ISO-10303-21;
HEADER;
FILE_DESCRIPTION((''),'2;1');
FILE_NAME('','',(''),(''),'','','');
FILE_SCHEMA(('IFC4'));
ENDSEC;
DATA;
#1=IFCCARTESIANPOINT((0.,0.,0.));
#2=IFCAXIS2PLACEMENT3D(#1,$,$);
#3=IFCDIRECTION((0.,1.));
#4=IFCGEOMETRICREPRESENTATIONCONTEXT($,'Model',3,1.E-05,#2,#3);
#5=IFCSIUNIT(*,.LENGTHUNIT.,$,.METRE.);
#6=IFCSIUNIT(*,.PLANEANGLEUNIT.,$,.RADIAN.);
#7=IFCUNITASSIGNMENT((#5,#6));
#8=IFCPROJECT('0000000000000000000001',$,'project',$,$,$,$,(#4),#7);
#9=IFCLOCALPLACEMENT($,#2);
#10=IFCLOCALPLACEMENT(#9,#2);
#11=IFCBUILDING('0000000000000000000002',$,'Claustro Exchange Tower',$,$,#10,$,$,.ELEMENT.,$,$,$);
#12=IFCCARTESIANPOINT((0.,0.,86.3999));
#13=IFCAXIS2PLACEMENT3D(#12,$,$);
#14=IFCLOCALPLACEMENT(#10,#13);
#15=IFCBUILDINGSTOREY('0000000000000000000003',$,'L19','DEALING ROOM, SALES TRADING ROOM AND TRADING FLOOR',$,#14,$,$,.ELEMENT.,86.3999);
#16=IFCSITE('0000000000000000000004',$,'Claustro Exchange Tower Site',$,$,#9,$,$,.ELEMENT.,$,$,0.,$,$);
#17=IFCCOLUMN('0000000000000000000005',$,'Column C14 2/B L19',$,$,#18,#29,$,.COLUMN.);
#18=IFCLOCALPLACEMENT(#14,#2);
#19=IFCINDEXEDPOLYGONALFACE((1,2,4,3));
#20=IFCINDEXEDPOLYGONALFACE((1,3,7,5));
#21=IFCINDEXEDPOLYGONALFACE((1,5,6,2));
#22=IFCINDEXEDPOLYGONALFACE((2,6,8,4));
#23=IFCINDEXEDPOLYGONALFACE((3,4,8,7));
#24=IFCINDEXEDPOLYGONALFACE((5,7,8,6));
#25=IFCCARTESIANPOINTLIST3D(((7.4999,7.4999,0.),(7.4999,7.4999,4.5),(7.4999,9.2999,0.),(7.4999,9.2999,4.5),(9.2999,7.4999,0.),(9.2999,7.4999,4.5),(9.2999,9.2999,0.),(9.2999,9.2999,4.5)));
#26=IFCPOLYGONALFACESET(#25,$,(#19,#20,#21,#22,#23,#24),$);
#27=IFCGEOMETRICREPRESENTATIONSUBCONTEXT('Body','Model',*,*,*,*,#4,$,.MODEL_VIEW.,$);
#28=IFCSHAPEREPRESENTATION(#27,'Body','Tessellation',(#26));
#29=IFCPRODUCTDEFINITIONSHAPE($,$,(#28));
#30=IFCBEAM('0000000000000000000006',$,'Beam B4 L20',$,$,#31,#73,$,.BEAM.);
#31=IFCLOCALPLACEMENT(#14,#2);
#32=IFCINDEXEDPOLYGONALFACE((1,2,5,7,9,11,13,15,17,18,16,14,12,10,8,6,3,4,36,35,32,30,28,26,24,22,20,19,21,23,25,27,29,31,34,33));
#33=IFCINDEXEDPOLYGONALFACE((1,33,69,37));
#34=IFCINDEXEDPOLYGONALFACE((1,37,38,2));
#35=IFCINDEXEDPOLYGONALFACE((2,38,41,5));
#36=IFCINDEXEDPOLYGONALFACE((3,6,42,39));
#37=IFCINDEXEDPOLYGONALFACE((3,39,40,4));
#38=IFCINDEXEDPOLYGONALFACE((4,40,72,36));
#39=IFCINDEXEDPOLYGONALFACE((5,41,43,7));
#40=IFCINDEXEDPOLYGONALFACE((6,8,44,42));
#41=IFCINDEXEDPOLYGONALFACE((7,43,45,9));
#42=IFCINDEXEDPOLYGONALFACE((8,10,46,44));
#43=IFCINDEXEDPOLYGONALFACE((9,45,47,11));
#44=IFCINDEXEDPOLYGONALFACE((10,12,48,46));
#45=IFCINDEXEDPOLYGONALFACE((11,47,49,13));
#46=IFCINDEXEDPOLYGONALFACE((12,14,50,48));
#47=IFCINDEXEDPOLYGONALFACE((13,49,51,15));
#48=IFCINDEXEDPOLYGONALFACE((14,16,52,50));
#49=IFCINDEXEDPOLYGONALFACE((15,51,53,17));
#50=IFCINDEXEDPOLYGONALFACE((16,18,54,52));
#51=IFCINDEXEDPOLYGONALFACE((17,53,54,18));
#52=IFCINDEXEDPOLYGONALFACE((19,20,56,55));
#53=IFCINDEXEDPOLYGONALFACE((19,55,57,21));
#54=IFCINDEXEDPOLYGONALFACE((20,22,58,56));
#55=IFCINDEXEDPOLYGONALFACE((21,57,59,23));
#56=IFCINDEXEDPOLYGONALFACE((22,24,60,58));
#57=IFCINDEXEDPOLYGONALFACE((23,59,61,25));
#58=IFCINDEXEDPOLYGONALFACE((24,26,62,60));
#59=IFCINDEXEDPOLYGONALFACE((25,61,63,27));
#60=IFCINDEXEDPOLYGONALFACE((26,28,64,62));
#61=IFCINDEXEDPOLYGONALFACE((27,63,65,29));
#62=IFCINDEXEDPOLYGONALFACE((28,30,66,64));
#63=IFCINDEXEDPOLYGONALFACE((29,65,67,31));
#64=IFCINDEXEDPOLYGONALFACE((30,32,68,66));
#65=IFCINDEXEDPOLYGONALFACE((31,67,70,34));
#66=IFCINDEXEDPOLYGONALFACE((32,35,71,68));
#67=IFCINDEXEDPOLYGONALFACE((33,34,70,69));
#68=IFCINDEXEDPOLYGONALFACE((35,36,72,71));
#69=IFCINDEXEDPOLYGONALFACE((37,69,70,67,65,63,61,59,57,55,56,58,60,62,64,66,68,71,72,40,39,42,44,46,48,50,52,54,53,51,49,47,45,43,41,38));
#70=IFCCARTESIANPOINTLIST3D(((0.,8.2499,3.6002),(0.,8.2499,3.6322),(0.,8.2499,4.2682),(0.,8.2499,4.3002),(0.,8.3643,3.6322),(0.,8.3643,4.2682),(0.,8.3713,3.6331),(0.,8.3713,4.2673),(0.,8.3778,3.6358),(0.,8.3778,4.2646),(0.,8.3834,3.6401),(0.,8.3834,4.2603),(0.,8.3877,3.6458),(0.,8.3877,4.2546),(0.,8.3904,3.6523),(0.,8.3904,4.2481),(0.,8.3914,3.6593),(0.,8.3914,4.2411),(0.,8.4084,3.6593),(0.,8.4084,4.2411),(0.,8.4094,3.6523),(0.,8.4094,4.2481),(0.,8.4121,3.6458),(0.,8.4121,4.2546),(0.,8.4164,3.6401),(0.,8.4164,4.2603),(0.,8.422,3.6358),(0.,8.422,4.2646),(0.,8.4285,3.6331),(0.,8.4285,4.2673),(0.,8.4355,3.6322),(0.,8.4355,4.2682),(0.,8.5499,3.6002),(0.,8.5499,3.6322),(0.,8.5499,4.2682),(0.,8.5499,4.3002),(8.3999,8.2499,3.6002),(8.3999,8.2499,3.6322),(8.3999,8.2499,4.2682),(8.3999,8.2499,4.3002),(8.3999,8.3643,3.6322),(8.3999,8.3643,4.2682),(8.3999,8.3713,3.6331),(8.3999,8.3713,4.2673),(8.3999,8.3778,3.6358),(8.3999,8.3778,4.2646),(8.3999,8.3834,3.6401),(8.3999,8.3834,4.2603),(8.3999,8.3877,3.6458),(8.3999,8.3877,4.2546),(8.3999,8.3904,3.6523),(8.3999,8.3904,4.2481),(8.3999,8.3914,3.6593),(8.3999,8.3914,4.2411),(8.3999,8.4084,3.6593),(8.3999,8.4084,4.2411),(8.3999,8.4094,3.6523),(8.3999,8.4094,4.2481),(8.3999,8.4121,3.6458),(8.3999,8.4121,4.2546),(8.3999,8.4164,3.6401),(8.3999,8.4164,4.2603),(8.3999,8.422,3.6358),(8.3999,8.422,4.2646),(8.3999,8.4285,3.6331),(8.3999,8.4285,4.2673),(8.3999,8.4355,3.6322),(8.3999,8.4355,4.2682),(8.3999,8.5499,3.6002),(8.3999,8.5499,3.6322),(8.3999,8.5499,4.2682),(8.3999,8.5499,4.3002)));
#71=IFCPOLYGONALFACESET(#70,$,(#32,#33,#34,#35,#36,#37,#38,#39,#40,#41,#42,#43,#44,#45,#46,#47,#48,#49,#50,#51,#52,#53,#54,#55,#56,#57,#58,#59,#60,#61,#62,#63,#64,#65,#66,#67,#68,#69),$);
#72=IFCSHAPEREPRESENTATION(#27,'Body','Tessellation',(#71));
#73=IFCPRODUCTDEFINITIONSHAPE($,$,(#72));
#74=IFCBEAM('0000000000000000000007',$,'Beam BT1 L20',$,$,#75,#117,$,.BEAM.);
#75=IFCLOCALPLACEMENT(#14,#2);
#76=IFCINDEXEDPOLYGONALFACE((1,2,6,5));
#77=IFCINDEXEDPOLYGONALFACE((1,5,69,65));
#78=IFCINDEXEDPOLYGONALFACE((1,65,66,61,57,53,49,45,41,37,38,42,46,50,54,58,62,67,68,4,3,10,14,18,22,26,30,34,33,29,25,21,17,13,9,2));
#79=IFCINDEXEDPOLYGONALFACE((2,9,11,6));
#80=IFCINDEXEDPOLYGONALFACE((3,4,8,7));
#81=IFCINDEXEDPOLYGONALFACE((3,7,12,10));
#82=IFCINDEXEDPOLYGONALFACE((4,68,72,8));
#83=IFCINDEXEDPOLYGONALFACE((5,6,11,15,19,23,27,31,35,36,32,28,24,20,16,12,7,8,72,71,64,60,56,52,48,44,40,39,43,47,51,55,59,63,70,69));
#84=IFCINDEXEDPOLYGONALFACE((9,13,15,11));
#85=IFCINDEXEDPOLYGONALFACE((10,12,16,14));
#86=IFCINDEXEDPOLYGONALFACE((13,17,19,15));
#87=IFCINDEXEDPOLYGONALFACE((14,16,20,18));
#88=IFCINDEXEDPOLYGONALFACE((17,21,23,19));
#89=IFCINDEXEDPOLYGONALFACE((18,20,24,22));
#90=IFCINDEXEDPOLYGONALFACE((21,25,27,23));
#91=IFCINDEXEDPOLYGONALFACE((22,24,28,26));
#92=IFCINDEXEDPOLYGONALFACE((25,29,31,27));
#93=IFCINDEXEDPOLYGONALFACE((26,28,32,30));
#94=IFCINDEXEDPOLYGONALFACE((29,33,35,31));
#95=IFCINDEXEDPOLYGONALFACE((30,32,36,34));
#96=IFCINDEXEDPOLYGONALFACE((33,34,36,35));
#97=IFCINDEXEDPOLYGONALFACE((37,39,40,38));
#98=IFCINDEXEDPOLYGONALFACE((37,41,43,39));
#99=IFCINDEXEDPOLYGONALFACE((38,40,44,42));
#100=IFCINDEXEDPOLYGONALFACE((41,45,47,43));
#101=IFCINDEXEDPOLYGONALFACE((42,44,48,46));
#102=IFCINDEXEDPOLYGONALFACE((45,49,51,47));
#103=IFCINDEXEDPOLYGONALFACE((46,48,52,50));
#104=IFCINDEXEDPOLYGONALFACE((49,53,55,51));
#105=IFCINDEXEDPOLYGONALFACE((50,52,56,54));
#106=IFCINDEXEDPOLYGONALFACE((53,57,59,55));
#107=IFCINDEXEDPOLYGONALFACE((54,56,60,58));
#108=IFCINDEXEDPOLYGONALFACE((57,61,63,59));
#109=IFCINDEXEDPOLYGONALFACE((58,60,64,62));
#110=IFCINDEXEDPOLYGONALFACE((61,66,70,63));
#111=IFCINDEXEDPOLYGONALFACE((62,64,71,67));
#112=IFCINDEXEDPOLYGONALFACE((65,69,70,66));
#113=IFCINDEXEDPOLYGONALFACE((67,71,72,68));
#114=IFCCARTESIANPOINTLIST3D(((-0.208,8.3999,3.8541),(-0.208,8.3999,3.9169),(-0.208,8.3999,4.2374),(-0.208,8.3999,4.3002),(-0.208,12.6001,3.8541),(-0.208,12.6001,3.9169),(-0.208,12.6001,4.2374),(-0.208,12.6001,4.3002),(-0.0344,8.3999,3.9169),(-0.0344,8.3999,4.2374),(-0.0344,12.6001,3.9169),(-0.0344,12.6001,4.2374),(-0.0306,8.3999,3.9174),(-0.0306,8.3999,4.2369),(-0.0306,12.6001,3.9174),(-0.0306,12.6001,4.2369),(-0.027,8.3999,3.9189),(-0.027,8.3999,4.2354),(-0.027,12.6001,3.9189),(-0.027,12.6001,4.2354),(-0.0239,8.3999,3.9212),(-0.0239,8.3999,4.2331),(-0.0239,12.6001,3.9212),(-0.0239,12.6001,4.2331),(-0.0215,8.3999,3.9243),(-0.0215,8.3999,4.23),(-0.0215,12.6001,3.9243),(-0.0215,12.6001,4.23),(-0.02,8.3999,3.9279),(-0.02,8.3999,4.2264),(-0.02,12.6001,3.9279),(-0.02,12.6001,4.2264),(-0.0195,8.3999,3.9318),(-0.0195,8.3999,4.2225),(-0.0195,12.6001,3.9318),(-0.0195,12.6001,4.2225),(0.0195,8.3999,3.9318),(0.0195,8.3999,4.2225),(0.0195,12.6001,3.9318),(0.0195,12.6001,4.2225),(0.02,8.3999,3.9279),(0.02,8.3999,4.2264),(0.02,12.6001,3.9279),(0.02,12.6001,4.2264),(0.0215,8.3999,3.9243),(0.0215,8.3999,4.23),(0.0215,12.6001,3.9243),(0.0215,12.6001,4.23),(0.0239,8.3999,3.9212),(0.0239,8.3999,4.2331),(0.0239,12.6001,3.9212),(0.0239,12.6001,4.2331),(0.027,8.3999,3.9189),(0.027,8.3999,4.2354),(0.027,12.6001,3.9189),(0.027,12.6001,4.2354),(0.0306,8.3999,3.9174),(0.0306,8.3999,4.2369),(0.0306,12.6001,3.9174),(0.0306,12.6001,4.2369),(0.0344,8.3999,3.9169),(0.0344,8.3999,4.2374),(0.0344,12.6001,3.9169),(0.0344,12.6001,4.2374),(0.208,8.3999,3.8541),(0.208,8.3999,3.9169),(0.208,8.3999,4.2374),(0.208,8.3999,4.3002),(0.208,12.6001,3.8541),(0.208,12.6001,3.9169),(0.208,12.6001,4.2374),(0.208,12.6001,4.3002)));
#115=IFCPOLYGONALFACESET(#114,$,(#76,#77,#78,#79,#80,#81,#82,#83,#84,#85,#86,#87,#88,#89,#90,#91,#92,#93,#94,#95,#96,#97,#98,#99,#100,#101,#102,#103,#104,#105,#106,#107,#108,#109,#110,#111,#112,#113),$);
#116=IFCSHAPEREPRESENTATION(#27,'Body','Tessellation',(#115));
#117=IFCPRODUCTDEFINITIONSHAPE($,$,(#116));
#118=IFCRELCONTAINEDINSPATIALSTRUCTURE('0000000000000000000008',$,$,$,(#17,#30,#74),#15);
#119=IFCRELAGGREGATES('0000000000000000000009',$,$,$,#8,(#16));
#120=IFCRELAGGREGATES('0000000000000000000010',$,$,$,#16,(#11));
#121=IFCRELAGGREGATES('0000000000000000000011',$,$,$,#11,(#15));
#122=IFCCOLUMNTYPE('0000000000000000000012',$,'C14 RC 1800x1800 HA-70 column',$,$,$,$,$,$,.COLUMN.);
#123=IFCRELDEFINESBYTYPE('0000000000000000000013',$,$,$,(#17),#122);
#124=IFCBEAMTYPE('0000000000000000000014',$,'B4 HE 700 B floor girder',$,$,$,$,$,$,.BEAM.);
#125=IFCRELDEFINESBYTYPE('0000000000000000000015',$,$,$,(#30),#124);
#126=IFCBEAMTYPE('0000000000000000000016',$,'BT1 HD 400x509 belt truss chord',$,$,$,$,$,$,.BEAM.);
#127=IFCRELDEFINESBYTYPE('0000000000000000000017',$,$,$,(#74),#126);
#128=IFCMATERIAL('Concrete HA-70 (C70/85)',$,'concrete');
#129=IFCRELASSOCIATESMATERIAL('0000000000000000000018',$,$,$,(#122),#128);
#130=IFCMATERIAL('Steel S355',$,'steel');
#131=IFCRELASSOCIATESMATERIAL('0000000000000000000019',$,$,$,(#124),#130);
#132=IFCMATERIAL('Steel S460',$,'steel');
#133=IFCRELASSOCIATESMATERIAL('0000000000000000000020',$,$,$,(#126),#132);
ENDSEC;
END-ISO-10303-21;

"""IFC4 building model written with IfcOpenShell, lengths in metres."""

from ifc_helpers import new_model, si_unit, direction, frame, origin, origin_2d, place, context, subcontext, project, spatial, rectangle, i_section, extrude, material, material_profile, profile_set, type_object, element, save


model = new_model("IFC4")

# Units and contexts
model_context = context("Model", 3, precision=1e-05, world=origin(), true_north=direction((0.0, 1.0)))
body_context = subcontext(model_context, "Body", "Model", "MODEL_VIEW")
ifc_project = project(units=[si_unit("LENGTHUNIT", "METRE"), si_unit("PLANEANGLEUNIT", "RADIAN")], contexts=[model_context])

# Site, building, storey
site_placement = place(None, origin())
site = spatial("IfcSite", under=ifc_project, at=site_placement, Name="Claustro Exchange Tower Site", CompositionType="ELEMENT", RefElevation=0.0)
building_placement = place(site_placement, origin())
building = spatial("IfcBuilding", under=site, at=building_placement, Name="Claustro Exchange Tower", CompositionType="ELEMENT")
storey_placement = place(building_placement, frame((0.0, 0.0, 86.3999)))
storey = spatial("IfcBuildingStorey", under=building, at=storey_placement, Name="L19", Description="DEALING ROOM, SALES TRADING ROOM AND TRADING FLOOR", CompositionType="ELEMENT", Elevation=86.3999)

# Column
ifc_material_1 = material(Name="Concrete HA-70 (C70/85)", Category="concrete")
ifc_material_profile_1 = material_profile(ifc_material_1, rectangle(XDim=1.8, YDim=1.8, at=origin_2d()), Name="RC 1800x1800")
ifc_profile_set_1 = profile_set([ifc_material_profile_1], Name="Concrete HA-70 (C70/85)")
column_type = type_object("IfcColumnType", Name="C14 RC 1800x1800 HA-70 column", PredefinedType="COLUMN", material=ifc_profile_set_1)
column_placement = place(storey_placement, frame((8.3999, 8.3999, 0.0), z_axis=(0.0, 0.0, 1.0), x_axis=(1.0, 0.0, 0.0)))
element("IfcColumn", 1, at=column_placement, inside=storey, type_object=column_type, Name="Column C14 2/B L19", PredefinedType="COLUMN", context=body_context, shape_type="SweptSolid", body=[
    extrude(rectangle(XDim=1.8, YDim=1.8, at=origin_2d()), origin(), (0.0, 0.0, 1.0), 4.5),
])

# Beams
ifc_material_2 = material(Name="Steel S355", Category="steel")
ifc_material_profile_2 = material_profile(ifc_material_2, i_section(OverallWidth=0.3, OverallDepth=0.7, WebThickness=0.0171, FlangeThickness=0.032, FilletRadius=0.0271, at=origin_2d()), Name="HE 700 B")
ifc_profile_set_2 = profile_set([ifc_material_profile_2], Name="Steel S355")
beam_type_1 = type_object("IfcBeamType", Name="B4 HE 700 B floor girder", PredefinedType="BEAM", material=ifc_profile_set_2)
beam_1_placement = place(storey_placement, frame((0.0, 8.3999, 3.9502), z_axis=(1.0, 0.0, 0.0), x_axis=(0.0, 1.0, 0.0)))
element("IfcBeam", 2, at=beam_1_placement, inside=storey, type_object=beam_type_1, Name="Beam B4 L20", PredefinedType="BEAM", context=body_context, shape_type="SweptSolid", body=[
    extrude(i_section(OverallWidth=0.3, OverallDepth=0.7, WebThickness=0.0171, FlangeThickness=0.032, FilletRadius=0.0271, at=origin_2d()), origin(), (0.0, 0.0, 1.0), 8.3999),
])
ifc_material_3 = material(Name="Steel S460", Category="steel")
ifc_material_profile_3 = material_profile(ifc_material_3, i_section(OverallWidth=0.416, OverallDepth=0.446, WebThickness=0.0391, FlangeThickness=0.0627, FilletRadius=0.0149, at=origin_2d()), Name="HD 400x509")
ifc_profile_set_3 = profile_set([ifc_material_profile_3], Name="Steel S460")
beam_type_2 = type_object("IfcBeamType", Name="BT1 HD 400x509 belt truss chord", PredefinedType="BEAM", material=ifc_profile_set_3)
beam_2_placement = place(storey_placement, frame((0.0, 8.3999, 4.0771), z_axis=(0.0, 1.0, 0.0), x_axis=(-1.0, 0.0, 0.0)))
element("IfcBeam", 3, at=beam_2_placement, inside=storey, type_object=beam_type_2, Name="Beam BT1 L20", PredefinedType="BEAM", context=body_context, shape_type="SweptSolid", body=[
    extrude(i_section(OverallWidth=0.416, OverallDepth=0.446, WebThickness=0.0391, FlangeThickness=0.0627, FilletRadius=0.0149, at=origin_2d()), origin(), (0.0, 0.0, 1.0), 4.2002),
])

save(model, "model.ifc")
